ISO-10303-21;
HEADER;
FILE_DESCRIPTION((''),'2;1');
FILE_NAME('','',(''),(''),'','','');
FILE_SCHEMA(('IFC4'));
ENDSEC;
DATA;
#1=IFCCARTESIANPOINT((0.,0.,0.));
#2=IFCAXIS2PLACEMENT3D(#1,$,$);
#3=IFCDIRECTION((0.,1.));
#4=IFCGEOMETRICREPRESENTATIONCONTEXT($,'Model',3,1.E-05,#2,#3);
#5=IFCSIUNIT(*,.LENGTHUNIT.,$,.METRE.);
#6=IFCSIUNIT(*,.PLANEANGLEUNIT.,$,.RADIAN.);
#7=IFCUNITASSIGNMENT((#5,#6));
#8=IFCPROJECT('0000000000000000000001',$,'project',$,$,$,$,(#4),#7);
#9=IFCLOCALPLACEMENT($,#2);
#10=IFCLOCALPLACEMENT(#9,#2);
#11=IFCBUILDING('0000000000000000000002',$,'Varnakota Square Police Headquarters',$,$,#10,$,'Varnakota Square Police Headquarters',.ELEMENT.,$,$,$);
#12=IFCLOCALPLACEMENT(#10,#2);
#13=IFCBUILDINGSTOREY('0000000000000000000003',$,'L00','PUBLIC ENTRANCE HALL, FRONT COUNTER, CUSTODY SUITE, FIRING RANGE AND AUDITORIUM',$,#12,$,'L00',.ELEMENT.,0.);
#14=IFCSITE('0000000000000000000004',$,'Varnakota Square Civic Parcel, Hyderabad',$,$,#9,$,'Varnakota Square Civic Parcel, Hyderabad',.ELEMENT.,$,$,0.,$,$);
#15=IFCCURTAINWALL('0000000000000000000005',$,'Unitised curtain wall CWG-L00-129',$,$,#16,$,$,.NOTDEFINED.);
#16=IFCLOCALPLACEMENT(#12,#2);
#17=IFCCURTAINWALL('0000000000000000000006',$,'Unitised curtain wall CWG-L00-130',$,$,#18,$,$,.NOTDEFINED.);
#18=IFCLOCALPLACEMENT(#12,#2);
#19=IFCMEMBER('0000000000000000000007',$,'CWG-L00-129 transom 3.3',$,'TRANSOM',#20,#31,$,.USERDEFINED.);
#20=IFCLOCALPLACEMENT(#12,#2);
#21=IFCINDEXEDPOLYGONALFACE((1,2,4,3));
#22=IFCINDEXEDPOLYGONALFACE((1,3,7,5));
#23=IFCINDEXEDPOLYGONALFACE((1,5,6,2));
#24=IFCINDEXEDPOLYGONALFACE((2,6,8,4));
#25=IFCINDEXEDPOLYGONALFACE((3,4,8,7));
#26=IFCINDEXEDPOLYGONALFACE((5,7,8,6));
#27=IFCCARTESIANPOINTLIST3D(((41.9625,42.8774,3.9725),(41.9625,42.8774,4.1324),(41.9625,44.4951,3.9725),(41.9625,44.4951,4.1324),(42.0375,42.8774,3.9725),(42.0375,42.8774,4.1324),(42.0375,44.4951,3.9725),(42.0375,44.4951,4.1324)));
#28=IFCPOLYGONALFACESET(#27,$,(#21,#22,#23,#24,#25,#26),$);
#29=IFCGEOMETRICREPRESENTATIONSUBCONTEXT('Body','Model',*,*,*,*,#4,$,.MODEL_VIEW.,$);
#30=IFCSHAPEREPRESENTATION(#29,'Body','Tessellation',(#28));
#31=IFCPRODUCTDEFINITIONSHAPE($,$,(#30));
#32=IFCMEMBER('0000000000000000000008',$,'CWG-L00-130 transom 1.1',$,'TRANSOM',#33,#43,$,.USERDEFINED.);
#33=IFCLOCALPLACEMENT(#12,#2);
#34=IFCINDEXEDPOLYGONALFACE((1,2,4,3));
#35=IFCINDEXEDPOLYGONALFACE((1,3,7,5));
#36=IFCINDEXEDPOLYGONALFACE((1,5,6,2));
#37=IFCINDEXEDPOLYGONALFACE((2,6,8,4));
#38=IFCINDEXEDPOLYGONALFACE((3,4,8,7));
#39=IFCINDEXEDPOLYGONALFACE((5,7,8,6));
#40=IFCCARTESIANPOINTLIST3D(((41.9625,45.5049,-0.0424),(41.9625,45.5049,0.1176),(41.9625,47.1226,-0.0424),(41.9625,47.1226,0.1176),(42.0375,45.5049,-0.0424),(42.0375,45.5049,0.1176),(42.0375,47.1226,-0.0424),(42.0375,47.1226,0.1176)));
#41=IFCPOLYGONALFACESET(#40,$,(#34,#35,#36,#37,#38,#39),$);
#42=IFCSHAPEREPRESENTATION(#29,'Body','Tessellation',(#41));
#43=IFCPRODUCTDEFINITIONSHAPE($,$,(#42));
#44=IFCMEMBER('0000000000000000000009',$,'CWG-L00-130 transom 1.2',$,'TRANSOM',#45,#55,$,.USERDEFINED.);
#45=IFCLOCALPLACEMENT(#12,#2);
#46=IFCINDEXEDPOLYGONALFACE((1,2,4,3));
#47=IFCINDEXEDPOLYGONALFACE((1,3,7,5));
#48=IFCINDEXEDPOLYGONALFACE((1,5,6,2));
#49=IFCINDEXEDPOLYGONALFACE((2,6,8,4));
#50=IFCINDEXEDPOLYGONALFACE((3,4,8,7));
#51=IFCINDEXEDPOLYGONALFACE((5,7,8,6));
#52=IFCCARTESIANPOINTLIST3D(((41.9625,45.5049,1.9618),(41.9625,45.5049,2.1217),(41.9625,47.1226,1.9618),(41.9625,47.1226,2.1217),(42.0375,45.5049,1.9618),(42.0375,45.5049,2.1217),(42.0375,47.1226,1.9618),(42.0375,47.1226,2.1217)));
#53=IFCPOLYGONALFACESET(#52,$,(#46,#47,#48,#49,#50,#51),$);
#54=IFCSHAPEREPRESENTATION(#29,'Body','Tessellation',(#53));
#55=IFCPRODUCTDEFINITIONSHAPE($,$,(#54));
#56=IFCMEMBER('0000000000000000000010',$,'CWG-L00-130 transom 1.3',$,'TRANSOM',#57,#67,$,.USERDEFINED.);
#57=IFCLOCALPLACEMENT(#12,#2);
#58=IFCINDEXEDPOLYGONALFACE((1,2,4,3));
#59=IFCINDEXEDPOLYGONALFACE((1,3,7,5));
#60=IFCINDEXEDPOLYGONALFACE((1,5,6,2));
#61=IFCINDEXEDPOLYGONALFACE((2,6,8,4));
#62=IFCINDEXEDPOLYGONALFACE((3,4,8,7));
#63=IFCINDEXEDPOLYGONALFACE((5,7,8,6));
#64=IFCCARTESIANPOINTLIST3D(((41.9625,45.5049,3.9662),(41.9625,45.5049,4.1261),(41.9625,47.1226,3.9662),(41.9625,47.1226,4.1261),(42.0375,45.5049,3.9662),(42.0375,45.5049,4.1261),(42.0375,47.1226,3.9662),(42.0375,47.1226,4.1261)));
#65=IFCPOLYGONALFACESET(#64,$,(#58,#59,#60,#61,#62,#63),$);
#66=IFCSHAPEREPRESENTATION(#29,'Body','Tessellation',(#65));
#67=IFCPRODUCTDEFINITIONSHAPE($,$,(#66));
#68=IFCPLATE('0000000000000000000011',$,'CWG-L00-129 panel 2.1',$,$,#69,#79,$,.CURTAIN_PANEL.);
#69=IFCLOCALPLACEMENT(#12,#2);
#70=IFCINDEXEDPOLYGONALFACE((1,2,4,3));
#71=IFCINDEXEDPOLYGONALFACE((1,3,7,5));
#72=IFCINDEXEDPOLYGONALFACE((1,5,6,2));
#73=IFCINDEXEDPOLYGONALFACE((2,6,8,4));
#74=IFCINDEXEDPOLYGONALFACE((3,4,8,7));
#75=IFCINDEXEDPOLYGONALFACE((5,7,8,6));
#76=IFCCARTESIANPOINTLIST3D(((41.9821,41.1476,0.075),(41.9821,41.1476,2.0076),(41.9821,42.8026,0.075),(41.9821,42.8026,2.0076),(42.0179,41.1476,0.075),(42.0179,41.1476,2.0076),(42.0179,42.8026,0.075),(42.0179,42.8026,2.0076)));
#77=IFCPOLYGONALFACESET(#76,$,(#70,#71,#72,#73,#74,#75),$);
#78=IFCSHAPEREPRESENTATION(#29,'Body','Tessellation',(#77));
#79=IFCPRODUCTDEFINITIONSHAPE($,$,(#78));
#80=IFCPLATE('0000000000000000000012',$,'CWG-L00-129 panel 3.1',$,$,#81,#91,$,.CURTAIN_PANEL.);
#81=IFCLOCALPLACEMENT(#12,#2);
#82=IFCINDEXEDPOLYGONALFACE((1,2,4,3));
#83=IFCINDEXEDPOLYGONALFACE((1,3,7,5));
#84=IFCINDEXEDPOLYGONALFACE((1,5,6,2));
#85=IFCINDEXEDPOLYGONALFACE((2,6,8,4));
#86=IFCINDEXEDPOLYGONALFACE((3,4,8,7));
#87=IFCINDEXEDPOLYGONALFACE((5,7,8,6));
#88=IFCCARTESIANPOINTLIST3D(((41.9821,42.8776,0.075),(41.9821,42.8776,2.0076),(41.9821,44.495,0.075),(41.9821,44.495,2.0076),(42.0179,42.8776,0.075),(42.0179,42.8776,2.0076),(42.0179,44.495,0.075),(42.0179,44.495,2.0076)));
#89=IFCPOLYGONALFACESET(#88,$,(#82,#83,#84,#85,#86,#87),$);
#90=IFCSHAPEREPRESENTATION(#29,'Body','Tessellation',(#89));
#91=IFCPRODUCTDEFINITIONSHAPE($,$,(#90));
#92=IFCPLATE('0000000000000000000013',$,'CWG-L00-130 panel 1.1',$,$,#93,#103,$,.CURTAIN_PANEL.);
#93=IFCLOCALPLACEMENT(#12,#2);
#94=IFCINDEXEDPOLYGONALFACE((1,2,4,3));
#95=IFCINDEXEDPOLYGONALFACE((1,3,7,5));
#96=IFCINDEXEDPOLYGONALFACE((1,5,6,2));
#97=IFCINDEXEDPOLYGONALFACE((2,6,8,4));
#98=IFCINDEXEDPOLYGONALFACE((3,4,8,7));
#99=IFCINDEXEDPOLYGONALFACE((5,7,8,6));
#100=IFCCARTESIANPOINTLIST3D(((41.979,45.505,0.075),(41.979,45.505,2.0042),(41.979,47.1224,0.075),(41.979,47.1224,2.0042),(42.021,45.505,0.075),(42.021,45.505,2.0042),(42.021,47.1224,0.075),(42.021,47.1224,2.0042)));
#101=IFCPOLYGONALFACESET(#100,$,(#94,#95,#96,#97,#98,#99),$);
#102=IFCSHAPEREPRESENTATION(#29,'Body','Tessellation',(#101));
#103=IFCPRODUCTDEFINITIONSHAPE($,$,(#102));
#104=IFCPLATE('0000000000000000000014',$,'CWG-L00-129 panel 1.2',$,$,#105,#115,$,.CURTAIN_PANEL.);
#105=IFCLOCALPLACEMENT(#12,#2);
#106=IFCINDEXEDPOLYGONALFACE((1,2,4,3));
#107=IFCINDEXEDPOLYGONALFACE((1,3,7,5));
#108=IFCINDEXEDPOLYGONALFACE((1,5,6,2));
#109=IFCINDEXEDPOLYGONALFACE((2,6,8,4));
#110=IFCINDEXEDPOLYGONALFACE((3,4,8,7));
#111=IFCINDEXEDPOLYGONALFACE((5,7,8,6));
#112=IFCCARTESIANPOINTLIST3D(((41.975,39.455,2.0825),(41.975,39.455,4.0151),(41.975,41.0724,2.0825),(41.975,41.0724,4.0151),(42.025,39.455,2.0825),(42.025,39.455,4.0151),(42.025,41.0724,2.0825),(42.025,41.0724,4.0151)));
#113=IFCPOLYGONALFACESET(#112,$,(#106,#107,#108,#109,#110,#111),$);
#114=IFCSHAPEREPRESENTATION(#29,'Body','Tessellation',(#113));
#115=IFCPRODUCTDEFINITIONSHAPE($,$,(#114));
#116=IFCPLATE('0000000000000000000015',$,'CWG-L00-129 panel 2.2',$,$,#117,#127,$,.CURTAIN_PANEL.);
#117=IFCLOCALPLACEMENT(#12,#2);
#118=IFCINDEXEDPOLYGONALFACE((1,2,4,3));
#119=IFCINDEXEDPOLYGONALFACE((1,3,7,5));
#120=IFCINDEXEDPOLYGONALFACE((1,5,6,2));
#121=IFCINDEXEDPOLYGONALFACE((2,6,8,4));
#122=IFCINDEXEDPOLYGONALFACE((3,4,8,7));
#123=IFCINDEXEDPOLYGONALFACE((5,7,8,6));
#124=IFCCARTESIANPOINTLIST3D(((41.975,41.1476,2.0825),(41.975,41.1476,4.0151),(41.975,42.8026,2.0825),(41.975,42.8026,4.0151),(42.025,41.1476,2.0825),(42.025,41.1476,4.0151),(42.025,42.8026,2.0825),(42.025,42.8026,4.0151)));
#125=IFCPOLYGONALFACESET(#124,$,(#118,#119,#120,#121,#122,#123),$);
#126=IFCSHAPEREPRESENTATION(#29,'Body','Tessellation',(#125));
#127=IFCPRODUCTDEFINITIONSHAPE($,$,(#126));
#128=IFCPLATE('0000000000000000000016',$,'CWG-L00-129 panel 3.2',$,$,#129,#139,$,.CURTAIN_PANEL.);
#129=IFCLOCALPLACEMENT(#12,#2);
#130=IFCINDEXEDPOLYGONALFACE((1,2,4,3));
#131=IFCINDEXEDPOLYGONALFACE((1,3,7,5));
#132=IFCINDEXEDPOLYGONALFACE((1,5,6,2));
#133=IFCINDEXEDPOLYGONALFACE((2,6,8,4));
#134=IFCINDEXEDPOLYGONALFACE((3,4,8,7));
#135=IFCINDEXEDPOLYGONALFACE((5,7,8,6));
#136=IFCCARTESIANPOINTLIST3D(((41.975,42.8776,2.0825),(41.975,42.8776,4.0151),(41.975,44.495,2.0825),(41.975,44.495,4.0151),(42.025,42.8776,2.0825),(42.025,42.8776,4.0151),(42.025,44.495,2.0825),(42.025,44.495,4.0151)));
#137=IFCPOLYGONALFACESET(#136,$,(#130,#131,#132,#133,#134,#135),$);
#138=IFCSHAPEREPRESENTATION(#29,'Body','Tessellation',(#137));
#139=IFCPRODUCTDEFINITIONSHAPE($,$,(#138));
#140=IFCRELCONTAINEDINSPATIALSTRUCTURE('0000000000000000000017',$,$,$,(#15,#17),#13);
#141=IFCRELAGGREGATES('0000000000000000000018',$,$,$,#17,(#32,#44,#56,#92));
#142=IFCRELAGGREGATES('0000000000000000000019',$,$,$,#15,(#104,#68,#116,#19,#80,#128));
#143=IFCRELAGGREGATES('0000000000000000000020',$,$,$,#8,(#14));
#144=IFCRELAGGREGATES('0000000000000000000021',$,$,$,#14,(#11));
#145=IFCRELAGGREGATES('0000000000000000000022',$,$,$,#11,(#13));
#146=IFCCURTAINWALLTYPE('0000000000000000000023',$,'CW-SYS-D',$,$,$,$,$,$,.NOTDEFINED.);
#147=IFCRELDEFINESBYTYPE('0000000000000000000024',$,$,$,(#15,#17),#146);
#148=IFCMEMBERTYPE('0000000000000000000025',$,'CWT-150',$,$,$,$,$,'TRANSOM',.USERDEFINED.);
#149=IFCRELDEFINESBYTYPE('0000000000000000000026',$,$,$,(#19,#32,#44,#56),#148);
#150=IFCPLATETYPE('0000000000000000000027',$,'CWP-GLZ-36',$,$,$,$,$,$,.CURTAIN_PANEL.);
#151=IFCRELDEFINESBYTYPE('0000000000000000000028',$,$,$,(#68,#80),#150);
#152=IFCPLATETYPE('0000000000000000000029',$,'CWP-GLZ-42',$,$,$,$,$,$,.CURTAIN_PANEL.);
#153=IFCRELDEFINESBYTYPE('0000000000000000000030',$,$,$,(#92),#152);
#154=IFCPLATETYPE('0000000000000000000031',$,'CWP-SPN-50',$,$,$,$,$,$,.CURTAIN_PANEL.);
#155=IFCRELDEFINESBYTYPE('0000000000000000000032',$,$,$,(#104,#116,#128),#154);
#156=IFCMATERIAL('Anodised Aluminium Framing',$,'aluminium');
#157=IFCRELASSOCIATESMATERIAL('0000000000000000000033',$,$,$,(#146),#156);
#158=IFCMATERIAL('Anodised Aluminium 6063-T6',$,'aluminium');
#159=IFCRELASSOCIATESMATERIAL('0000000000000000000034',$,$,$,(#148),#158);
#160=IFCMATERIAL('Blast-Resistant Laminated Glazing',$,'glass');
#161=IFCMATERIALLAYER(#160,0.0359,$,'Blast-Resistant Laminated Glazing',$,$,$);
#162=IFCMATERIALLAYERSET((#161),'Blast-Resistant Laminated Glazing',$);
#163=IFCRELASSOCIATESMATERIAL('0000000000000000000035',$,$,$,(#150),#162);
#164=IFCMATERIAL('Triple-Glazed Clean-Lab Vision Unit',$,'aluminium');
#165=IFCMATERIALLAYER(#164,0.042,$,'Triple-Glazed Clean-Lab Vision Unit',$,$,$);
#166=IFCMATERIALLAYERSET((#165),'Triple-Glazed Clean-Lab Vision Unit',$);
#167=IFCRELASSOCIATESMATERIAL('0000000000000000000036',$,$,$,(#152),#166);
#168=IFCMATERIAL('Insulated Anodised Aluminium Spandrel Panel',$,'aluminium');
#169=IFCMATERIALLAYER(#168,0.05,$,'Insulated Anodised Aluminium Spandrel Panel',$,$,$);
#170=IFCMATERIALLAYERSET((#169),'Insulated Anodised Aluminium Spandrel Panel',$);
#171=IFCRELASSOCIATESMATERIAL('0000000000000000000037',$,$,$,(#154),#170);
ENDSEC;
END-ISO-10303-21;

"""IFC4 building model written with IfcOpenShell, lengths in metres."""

from ifc_helpers import new_model, si_unit, direction, frame, origin, origin_2d, place, context, subcontext, project, spatial, rectangle, extrude, material, layer, layer_set, material_profile, profile_set, type_object, element, aggregate, save


model = new_model("IFC4")

# Units and contexts
model_context = context("Model", 3, precision=1e-05, world=origin(), true_north=direction((0.0, 1.0)))
body_context = subcontext(model_context, "Body", "Model", "MODEL_VIEW")
ifc_project = project(units=[si_unit("LENGTHUNIT", "METRE"), si_unit("PLANEANGLEUNIT", "RADIAN")], contexts=[model_context])

# Site, building, storey
site_placement = place(None, origin())
site = spatial("IfcSite", under=ifc_project, at=site_placement, Name="Varnakota Square Civic Parcel, Hyderabad", LongName="Varnakota Square Civic Parcel, Hyderabad", CompositionType="ELEMENT", RefElevation=0.0)
building_placement = place(site_placement, origin())
building = spatial("IfcBuilding", under=site, at=building_placement, Name="Varnakota Square Police Headquarters", LongName="Varnakota Square Police Headquarters", CompositionType="ELEMENT")
storey_placement = place(building_placement, origin())
storey = spatial("IfcBuildingStorey", under=building, at=storey_placement, Name="L00", Description="PUBLIC ENTRANCE HALL, FRONT COUNTER, CUSTODY SUITE, FIRING RANGE AND AUDITORIUM", LongName="L00", CompositionType="ELEMENT", Elevation=0.0)

# Curtain wall
ifc_material_1 = material(Name="Anodised Aluminium Framing", Category="aluminium")
curtain_wall_type = type_object("IfcCurtainWallType", Name="CW-SYS-D", PredefinedType="NOTDEFINED", material=ifc_material_1)
curtain_wall_1_placement = place(storey_placement, origin())
curtain_wall_1 = element("IfcCurtainWall", 1, at=curtain_wall_1_placement, inside=storey, type_object=curtain_wall_type, Name="Unitised curtain wall CWG-L00-129", PredefinedType="NOTDEFINED")
ifc_material_2 = material(Name="Anodised Aluminium 6063-T6", Category="aluminium")

# Curtain wall
curtain_wall_2_placement = place(storey_placement, origin())
curtain_wall_2 = element("IfcCurtainWall", 2, at=curtain_wall_2_placement, inside=storey, type_object=curtain_wall_type, Name="Unitised curtain wall CWG-L00-130", PredefinedType="NOTDEFINED")

# Members
ifc_material_profile_1 = material_profile(ifc_material_2, rectangle(XDim=0.075, YDim=0.1599, at=origin_2d()), Name="ALU TRANSOM 75x160")
ifc_profile_set_1 = profile_set([ifc_material_profile_1], Name="Anodised Aluminium 6063-T6")
member_type_1 = type_object("IfcMemberType", Name="CWT-150", ElementType="TRANSOM", PredefinedType="USERDEFINED", material=ifc_profile_set_1)
member_1_placement = place(storey_placement, frame((42.0, 42.8774, 4.0525), z_axis=(0.0, 1.0, 0.0), x_axis=(-1.0, 0.0, 0.0)))
member_1 = element("IfcMember", 3, at=member_1_placement, type_object=member_type_1, Name="CWG-L00-129 transom 3.3", ObjectType="TRANSOM", PredefinedType="USERDEFINED", context=body_context, shape_type="SweptSolid", body=[
    extrude(rectangle(XDim=0.075, YDim=0.1599, at=origin_2d()), origin(), (0.0, 0.0, 1.0), 1.6177),
])
member_2_placement = place(storey_placement, frame((42.0, 45.5049, 0.0376), z_axis=(0.0, 1.0, 0.0), x_axis=(-1.0, 0.0, 0.0)))
member_2 = element("IfcMember", 4, at=member_2_placement, type_object=member_type_1, Name="CWG-L00-130 transom 1.1", ObjectType="TRANSOM", PredefinedType="USERDEFINED", context=body_context, shape_type="SweptSolid", body=[
    extrude(rectangle(XDim=0.075, YDim=0.1599, at=origin_2d()), origin(), (0.0, 0.0, 1.0), 1.6177),
])
member_3_placement = place(storey_placement, frame((42.0, 45.5049, 2.0417), z_axis=(0.0, 1.0, 0.0), x_axis=(-1.0, 0.0, 0.0)))
member_3 = element("IfcMember", 5, at=member_3_placement, type_object=member_type_1, Name="CWG-L00-130 transom 1.2", ObjectType="TRANSOM", PredefinedType="USERDEFINED", context=body_context, shape_type="SweptSolid", body=[
    extrude(rectangle(XDim=0.075, YDim=0.1599, at=origin_2d()), origin(), (0.0, 0.0, 1.0), 1.6177),
])
member_4_placement = place(storey_placement, frame((42.0, 45.5049, 4.0461), z_axis=(0.0, 1.0, 0.0), x_axis=(-1.0, 0.0, 0.0)))
member_4 = element("IfcMember", 6, at=member_4_placement, type_object=member_type_1, Name="CWG-L00-130 transom 1.3", ObjectType="TRANSOM", PredefinedType="USERDEFINED", context=body_context, shape_type="SweptSolid", body=[
    extrude(rectangle(XDim=0.075, YDim=0.1599, at=origin_2d()), origin(), (0.0, 0.0, 1.0), 1.6177),
])

# Plates
ifc_material_3 = material(Name="Blast-Resistant Laminated Glazing", Category="glass")
ifc_layer_1 = layer(ifc_material_3, 0.0359, Name="Blast-Resistant Laminated Glazing")
ifc_layer_set_1 = layer_set([ifc_layer_1], Name="Blast-Resistant Laminated Glazing")
plate_type_1 = type_object("IfcPlateType", Name="CWP-GLZ-36", PredefinedType="CURTAIN_PANEL", material=ifc_layer_set_1)
plate_1_placement = place(storey_placement, frame((42.0, 41.9751, 0.075), z_axis=(0.0, 0.0, 1.0), x_axis=(0.0, 1.0, 0.0)))
plate_1 = element("IfcPlate", 7, at=plate_1_placement, type_object=plate_type_1, Name="CWG-L00-129 panel 2.1", PredefinedType="CURTAIN_PANEL", context=body_context, shape_type="SweptSolid", body=[
    extrude(rectangle(XDim=1.655, YDim=0.0359, at=origin_2d()), origin(), (0.0, 0.0, 1.0), 1.9326),
])
plate_2_placement = place(storey_placement, frame((42.0, 43.6863, 0.075), z_axis=(0.0, 0.0, 1.0), x_axis=(0.0, 1.0, 0.0)))
plate_2 = element("IfcPlate", 8, at=plate_2_placement, type_object=plate_type_1, Name="CWG-L00-129 panel 3.1", PredefinedType="CURTAIN_PANEL", context=body_context, shape_type="SweptSolid", body=[
    extrude(rectangle(XDim=1.6174, YDim=0.0359, at=origin_2d()), origin(), (0.0, 0.0, 1.0), 1.9326),
])
ifc_material_4 = material(Name="Triple-Glazed Clean-Lab Vision Unit", Category="aluminium")
ifc_layer_2 = layer(ifc_material_4, 0.042, Name="Triple-Glazed Clean-Lab Vision Unit")
ifc_layer_set_2 = layer_set([ifc_layer_2], Name="Triple-Glazed Clean-Lab Vision Unit")
plate_type_2 = type_object("IfcPlateType", Name="CWP-GLZ-42", PredefinedType="CURTAIN_PANEL", material=ifc_layer_set_2)
plate_3_placement = place(storey_placement, frame((42.0, 46.3137, 0.075), z_axis=(0.0, 0.0, 1.0), x_axis=(0.0, 1.0, 0.0)))
plate_3 = element("IfcPlate", 9, at=plate_3_placement, type_object=plate_type_2, Name="CWG-L00-130 panel 1.1", PredefinedType="CURTAIN_PANEL", context=body_context, shape_type="SweptSolid", body=[
    extrude(rectangle(XDim=1.6174, YDim=0.042, at=origin_2d()), origin(), (0.0, 0.0, 1.0), 1.9292),
])
aggregate(curtain_wall_2, [member_2, member_3, member_4, plate_3])
ifc_material_5 = material(Name="Insulated Anodised Aluminium Spandrel Panel", Category="aluminium")
ifc_layer_3 = layer(ifc_material_5, 0.05, Name="Insulated Anodised Aluminium Spandrel Panel")
ifc_layer_set_3 = layer_set([ifc_layer_3], Name="Insulated Anodised Aluminium Spandrel Panel")
plate_type_3 = type_object("IfcPlateType", Name="CWP-SPN-50", PredefinedType="CURTAIN_PANEL", material=ifc_layer_set_3)
plate_4_placement = place(storey_placement, frame((42.0, 40.2637, 2.0825), z_axis=(0.0, 0.0, 1.0), x_axis=(0.0, 1.0, 0.0)))
plate_4 = element("IfcPlate", 10, at=plate_4_placement, type_object=plate_type_3, Name="CWG-L00-129 panel 1.2", PredefinedType="CURTAIN_PANEL", context=body_context, shape_type="SweptSolid", body=[
    extrude(rectangle(XDim=1.6174, YDim=0.05, at=origin_2d()), origin(), (0.0, 0.0, 1.0), 1.9326),
])
plate_5_placement = place(storey_placement, frame((42.0, 41.9751, 2.0825), z_axis=(0.0, 0.0, 1.0), x_axis=(0.0, 1.0, 0.0)))
plate_5 = element("IfcPlate", 11, at=plate_5_placement, type_object=plate_type_3, Name="CWG-L00-129 panel 2.2", PredefinedType="CURTAIN_PANEL", context=body_context, shape_type="SweptSolid", body=[
    extrude(rectangle(XDim=1.655, YDim=0.05, at=origin_2d()), origin(), (0.0, 0.0, 1.0), 1.9326),
])
plate_6_placement = place(storey_placement, frame((42.0, 43.6863, 2.0825), z_axis=(0.0, 0.0, 1.0), x_axis=(0.0, 1.0, 0.0)))
plate_6 = element("IfcPlate", 12, at=plate_6_placement, type_object=plate_type_3, Name="CWG-L00-129 panel 3.2", PredefinedType="CURTAIN_PANEL", context=body_context, shape_type="SweptSolid", body=[
    extrude(rectangle(XDim=1.6174, YDim=0.05, at=origin_2d()), origin(), (0.0, 0.0, 1.0), 1.9326),
])
aggregate(curtain_wall_1, [plate_4, plate_1, plate_5, member_1, plate_2, plate_6])

save(model, "model.ifc")
